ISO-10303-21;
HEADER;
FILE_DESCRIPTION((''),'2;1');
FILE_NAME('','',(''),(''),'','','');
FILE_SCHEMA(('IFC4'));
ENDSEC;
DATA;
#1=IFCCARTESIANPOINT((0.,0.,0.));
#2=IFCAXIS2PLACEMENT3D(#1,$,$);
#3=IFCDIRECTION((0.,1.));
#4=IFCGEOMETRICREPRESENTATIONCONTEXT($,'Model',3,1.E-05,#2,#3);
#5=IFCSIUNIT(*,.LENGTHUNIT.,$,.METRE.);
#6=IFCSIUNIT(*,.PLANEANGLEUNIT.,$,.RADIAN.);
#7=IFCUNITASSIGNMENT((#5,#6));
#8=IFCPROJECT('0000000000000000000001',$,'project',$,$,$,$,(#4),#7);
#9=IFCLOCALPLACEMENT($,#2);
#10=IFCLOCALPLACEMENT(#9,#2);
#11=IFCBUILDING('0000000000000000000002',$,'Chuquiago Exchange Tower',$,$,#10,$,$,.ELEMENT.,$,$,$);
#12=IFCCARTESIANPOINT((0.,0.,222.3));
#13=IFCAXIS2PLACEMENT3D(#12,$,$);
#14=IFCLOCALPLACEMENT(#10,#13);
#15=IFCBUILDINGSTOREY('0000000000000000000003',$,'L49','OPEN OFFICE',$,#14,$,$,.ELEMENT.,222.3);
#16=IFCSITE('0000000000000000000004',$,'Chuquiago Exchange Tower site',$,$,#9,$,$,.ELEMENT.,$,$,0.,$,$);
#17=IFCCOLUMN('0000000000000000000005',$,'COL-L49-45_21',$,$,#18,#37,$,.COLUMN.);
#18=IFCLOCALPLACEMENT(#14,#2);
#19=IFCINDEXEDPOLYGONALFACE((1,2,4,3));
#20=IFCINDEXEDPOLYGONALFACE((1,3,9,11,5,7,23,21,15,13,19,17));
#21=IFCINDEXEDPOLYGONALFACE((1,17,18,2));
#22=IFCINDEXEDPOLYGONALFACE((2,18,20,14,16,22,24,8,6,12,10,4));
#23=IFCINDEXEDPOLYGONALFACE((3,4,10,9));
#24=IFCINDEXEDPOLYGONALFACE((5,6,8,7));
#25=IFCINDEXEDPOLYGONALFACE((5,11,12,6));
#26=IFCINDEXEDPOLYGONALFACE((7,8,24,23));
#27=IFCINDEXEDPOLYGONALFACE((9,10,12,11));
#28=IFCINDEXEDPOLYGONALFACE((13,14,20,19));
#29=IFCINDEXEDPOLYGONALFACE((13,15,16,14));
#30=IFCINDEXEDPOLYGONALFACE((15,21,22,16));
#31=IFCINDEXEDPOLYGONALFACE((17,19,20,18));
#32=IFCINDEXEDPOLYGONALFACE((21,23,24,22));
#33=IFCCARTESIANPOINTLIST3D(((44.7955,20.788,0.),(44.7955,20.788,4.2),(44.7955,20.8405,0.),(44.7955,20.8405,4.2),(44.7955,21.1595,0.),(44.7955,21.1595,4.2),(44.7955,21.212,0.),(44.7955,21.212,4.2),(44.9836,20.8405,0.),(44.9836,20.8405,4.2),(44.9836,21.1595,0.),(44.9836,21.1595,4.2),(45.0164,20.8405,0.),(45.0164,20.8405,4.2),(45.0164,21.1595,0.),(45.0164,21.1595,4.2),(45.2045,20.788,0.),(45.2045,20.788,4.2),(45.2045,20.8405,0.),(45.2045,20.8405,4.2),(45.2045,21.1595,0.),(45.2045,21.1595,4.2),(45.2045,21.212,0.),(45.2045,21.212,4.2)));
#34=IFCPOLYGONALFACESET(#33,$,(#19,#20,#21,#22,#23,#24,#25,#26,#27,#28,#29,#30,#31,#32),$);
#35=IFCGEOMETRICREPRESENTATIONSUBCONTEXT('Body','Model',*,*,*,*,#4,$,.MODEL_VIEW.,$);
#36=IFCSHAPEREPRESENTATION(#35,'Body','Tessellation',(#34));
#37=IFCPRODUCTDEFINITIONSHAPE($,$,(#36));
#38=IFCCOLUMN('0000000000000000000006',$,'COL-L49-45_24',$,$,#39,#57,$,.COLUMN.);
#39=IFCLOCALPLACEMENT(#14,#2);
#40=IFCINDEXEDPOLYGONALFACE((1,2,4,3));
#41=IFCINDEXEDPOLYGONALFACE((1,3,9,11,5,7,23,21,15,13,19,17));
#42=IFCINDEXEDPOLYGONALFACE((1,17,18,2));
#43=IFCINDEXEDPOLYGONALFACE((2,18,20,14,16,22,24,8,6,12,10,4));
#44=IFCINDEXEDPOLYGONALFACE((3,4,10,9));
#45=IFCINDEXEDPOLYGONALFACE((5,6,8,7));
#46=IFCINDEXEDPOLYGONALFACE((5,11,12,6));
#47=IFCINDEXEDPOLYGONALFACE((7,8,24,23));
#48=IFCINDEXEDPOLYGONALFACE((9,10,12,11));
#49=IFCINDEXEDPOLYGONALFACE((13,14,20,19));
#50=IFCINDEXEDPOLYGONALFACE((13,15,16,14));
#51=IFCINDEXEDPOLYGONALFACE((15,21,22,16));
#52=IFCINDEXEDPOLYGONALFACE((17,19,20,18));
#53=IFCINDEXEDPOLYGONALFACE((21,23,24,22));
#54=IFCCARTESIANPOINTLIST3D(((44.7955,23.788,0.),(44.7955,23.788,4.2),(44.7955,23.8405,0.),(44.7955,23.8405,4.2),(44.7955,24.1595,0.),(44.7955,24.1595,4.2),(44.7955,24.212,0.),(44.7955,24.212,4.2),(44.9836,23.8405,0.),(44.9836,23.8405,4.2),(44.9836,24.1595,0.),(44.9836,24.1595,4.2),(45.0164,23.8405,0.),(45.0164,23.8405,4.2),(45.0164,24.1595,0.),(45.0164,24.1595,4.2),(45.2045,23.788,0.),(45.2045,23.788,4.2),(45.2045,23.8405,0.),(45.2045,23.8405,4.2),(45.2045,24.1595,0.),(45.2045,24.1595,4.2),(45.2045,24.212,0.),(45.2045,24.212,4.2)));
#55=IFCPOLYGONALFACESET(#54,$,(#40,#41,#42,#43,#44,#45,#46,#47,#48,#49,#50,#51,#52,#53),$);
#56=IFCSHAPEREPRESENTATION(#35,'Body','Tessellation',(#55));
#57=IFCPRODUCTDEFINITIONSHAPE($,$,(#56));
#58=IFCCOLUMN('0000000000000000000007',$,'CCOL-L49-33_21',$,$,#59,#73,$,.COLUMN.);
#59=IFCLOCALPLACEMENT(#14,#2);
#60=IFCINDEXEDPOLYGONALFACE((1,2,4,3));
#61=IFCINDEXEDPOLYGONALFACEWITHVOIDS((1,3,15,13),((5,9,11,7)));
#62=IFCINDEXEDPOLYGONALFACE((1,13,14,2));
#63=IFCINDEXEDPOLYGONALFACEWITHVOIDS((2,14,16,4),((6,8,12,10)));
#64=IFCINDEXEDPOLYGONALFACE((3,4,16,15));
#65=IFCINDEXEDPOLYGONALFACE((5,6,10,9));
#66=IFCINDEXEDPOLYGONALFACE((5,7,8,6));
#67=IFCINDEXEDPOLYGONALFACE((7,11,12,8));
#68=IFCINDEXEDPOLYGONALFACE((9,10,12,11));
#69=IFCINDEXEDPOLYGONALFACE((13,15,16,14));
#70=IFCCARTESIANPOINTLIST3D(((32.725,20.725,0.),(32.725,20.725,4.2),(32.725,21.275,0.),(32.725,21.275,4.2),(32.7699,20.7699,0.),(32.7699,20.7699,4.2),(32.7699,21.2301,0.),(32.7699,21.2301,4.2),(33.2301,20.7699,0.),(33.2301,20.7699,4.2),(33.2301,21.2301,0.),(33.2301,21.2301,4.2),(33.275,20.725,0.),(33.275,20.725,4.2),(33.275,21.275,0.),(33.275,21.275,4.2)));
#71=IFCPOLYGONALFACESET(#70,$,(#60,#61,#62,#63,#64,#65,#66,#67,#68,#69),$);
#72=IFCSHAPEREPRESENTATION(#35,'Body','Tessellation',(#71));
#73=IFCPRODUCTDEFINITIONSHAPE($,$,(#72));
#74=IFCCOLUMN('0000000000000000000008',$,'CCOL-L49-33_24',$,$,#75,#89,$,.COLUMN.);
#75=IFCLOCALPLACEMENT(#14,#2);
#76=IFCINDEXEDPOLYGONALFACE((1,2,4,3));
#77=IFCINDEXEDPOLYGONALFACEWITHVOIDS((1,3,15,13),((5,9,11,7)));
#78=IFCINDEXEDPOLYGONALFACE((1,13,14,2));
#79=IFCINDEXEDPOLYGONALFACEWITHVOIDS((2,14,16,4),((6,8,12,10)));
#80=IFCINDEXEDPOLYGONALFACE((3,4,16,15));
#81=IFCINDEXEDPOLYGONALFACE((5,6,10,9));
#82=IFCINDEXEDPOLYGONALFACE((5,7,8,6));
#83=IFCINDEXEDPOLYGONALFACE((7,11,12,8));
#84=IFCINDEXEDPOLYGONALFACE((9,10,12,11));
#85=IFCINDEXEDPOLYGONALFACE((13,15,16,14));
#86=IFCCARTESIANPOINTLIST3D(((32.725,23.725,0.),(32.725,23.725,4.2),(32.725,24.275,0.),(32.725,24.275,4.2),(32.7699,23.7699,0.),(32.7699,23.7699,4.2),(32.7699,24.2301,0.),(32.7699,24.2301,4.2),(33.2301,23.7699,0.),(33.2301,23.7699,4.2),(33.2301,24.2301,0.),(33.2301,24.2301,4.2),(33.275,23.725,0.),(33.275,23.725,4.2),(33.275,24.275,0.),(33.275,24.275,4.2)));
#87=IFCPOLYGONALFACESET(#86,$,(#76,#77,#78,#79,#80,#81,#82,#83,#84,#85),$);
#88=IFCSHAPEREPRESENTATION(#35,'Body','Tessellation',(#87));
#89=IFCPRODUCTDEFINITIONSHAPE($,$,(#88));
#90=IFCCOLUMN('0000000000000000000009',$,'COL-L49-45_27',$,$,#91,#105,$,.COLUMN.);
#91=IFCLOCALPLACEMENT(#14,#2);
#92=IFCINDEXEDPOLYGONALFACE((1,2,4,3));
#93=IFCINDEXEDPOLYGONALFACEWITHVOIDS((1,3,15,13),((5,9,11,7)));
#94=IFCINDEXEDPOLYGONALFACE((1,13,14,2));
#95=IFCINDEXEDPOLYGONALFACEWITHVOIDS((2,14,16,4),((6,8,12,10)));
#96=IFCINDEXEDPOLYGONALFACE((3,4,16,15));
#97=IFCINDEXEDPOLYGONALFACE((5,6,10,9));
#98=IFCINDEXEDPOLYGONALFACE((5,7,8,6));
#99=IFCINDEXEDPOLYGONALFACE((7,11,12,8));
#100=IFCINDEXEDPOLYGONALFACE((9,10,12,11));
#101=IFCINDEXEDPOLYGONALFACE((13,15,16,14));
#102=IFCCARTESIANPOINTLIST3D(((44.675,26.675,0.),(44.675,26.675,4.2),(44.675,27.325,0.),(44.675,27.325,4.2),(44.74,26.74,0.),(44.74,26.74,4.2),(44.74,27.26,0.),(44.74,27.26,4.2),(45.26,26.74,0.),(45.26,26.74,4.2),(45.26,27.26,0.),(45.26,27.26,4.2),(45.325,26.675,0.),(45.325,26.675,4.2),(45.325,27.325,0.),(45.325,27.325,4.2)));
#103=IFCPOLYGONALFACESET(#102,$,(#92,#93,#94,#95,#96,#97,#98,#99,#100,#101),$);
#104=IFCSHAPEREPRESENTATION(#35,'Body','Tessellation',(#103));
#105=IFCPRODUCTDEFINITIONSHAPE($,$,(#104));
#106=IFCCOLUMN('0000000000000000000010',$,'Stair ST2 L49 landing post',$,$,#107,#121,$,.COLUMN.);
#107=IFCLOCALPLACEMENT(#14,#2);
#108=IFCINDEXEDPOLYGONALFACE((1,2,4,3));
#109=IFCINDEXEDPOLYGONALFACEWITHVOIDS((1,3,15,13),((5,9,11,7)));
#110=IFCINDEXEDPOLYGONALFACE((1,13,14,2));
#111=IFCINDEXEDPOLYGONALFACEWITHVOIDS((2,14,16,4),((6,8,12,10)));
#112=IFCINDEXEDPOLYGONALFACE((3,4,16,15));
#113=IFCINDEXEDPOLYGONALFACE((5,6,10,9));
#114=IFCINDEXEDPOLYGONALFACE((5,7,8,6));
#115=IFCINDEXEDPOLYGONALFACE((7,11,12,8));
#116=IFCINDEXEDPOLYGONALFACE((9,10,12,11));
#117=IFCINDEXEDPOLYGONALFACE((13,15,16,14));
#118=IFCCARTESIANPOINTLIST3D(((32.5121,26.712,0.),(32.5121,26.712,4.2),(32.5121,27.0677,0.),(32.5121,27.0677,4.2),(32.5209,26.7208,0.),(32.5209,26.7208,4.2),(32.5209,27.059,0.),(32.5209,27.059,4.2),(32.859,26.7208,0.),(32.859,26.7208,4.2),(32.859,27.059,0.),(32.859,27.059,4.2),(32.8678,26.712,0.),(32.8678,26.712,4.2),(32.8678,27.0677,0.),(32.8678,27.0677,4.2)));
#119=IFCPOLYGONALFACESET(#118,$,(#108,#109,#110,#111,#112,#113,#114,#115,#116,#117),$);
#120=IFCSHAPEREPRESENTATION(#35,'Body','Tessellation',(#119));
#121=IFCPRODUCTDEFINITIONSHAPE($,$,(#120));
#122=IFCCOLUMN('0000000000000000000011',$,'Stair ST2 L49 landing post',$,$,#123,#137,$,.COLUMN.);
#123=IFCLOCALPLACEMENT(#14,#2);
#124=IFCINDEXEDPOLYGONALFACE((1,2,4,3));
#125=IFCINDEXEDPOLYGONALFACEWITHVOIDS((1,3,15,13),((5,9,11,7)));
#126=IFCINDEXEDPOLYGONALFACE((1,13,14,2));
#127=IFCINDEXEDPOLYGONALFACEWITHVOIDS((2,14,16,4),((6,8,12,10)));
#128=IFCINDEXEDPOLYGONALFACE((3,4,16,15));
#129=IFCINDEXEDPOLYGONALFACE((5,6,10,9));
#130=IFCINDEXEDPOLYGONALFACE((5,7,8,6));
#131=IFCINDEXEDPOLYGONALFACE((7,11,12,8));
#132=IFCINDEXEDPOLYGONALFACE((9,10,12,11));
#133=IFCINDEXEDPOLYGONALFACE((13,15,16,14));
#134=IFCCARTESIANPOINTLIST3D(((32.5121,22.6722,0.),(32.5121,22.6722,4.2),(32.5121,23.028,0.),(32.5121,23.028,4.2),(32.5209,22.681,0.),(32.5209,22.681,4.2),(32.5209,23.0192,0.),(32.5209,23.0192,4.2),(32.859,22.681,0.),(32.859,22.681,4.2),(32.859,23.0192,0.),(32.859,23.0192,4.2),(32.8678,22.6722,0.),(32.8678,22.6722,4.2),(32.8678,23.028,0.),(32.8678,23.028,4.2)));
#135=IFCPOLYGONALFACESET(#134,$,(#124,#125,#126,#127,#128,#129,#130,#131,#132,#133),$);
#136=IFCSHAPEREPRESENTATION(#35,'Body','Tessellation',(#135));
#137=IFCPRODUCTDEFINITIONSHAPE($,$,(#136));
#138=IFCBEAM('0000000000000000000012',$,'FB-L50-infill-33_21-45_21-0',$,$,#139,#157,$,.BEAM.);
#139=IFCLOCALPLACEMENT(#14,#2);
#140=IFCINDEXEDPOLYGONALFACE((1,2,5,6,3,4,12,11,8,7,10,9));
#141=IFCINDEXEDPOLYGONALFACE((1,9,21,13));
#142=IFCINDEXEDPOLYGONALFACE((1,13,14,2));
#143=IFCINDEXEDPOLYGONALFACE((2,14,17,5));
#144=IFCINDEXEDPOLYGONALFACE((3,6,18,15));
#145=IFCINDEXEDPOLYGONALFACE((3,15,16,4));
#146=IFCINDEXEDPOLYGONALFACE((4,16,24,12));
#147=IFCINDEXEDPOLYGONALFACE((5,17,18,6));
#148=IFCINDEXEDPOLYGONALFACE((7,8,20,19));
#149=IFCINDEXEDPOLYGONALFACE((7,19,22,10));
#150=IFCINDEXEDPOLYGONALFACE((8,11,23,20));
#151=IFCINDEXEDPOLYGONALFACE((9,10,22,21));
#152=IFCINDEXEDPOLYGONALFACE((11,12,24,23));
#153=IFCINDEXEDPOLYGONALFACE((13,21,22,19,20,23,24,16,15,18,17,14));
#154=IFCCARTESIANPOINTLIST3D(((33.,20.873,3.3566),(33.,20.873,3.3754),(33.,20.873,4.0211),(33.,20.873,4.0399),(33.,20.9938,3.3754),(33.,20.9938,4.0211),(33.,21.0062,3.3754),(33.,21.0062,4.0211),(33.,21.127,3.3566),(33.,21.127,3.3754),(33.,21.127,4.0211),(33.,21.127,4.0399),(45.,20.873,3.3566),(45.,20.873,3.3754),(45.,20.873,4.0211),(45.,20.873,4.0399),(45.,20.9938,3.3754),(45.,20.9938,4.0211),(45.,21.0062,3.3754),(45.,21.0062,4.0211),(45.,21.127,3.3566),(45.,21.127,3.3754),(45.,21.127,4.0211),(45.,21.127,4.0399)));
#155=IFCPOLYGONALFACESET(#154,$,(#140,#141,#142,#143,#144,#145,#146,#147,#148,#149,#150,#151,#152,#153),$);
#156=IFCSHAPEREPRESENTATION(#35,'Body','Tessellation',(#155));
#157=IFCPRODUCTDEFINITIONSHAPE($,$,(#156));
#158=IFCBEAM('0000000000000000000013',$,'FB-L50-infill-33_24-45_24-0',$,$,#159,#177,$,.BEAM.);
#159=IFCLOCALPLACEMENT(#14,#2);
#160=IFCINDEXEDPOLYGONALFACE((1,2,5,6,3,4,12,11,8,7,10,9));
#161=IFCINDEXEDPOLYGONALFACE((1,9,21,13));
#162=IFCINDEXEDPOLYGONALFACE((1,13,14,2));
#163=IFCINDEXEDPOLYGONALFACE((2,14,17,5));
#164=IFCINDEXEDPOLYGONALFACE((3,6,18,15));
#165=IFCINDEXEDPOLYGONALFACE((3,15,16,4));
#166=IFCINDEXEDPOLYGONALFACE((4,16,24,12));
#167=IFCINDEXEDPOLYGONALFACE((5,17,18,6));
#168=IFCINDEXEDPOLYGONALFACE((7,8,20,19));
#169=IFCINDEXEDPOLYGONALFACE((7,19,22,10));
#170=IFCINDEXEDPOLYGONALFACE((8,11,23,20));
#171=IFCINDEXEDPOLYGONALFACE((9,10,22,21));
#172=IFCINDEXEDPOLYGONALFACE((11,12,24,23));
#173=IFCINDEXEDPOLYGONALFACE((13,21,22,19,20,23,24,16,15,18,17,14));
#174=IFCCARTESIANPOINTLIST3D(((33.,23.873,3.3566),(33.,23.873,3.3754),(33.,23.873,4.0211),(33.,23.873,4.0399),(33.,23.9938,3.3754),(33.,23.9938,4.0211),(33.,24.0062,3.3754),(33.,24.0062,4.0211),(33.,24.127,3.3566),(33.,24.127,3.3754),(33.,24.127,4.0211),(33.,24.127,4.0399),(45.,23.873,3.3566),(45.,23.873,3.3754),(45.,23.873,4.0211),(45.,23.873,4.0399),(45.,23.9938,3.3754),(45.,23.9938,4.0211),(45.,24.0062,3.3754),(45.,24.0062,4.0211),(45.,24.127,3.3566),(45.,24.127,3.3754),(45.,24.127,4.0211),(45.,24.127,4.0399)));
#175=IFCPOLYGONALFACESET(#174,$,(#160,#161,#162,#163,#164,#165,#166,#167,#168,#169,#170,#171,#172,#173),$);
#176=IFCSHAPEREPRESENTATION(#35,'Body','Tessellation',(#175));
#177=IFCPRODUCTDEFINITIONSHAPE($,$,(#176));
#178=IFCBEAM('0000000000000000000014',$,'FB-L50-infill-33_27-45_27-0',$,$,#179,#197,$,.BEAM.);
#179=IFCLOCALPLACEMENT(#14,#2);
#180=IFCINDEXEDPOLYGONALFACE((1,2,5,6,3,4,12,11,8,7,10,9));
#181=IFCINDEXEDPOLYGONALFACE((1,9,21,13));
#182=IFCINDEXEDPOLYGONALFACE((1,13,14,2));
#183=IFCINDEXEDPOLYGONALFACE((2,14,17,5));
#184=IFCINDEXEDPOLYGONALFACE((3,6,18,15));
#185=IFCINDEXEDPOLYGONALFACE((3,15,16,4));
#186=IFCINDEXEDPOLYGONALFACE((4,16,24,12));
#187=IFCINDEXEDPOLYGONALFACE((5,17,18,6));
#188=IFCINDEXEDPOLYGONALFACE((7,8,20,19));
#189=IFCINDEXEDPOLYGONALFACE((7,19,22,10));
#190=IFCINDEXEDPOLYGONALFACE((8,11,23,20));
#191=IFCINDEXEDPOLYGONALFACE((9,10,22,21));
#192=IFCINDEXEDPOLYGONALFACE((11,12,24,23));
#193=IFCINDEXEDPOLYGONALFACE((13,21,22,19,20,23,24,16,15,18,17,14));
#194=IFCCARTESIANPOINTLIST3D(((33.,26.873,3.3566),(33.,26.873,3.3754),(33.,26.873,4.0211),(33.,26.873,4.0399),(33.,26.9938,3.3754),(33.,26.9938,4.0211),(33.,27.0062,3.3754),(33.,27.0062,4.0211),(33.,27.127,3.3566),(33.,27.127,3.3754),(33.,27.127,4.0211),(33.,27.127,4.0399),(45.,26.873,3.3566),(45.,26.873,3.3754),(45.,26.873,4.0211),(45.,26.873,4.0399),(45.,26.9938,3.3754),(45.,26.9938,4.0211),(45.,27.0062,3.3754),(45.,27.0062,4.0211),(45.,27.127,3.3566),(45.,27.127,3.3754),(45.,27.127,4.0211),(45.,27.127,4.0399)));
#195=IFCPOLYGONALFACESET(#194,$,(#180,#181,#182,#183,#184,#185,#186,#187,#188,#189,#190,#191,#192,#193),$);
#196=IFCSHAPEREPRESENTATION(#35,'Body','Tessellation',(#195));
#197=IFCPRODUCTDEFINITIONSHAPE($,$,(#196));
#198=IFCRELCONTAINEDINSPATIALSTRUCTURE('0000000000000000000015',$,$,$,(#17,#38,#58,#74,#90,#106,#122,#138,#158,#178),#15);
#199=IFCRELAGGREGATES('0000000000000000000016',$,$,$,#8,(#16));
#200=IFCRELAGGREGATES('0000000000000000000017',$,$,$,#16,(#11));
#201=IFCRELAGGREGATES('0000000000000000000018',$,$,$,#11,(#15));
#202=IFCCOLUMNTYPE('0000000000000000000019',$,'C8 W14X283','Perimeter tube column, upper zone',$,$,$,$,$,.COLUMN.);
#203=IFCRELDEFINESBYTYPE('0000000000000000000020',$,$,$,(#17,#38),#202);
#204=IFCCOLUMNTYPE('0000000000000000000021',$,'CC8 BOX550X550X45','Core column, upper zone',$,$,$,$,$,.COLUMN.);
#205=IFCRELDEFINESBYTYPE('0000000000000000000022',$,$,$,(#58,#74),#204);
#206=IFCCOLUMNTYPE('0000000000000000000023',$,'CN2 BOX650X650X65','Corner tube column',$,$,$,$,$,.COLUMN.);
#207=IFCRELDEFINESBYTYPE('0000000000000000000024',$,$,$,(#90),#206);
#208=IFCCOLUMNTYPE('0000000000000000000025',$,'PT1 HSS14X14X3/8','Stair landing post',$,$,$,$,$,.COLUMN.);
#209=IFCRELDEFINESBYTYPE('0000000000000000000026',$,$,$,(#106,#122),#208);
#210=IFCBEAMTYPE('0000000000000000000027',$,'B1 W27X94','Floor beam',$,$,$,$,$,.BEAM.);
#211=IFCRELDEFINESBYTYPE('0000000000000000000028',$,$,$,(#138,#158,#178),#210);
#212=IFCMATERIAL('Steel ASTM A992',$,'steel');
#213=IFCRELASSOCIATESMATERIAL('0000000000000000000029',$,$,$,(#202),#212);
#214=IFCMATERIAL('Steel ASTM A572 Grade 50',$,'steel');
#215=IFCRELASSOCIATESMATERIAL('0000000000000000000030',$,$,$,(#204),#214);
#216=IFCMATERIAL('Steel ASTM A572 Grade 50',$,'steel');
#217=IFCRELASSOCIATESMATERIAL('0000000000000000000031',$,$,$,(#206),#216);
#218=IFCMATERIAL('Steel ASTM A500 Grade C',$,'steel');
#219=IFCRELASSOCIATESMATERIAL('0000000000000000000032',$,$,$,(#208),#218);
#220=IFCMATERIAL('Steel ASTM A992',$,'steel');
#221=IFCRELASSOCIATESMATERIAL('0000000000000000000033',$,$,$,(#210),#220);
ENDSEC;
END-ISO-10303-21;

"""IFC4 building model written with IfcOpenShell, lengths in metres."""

from ifc_helpers import new_model, si_unit, direction, frame, origin, origin_2d, place, context, subcontext, project, spatial, hollow_rectangle, i_section, extrude, material, material_profile, profile_set, type_object, element, save


model = new_model("IFC4")

# Units and contexts
model_context = context("Model", 3, precision=1e-05, world=origin(), true_north=direction((0.0, 1.0)))
body_context = subcontext(model_context, "Body", "Model", "MODEL_VIEW")
ifc_project = project(units=[si_unit("LENGTHUNIT", "METRE"), si_unit("PLANEANGLEUNIT", "RADIAN")], contexts=[model_context])

# Site, building, storey
site_placement = place(None, origin())
site = spatial("IfcSite", under=ifc_project, at=site_placement, Name="Chuquiago Exchange Tower site", CompositionType="ELEMENT", RefElevation=0.0)
building_placement = place(site_placement, origin())
building = spatial("IfcBuilding", under=site, at=building_placement, Name="Chuquiago Exchange Tower", CompositionType="ELEMENT")
storey_placement = place(building_placement, frame((0.0, 0.0, 222.3)))
storey = spatial("IfcBuildingStorey", under=building, at=storey_placement, Name="L49", Description="OPEN OFFICE", CompositionType="ELEMENT", Elevation=222.3)

# Columns
ifc_material_1 = material(Name="Steel ASTM A992", Category="steel")
ifc_material_profile_1 = material_profile(ifc_material_1, i_section(OverallWidth=0.4089, OverallDepth=0.4241, WebThickness=0.0327, FlangeThickness=0.0525, at=origin_2d()), Name="W14X283")
ifc_profile_set_1 = profile_set([ifc_material_profile_1], Name="Steel ASTM A992")
column_type_1 = type_object("IfcColumnType", Name="C8 W14X283", Description="Perimeter tube column, upper zone", PredefinedType="COLUMN", material=ifc_profile_set_1)
for number, where, z_axis, x_axis, name in (
    (1, (45.0, 21.0, 0.0), (0.0, 0.0, 1.0), (1.0, 0.0, 0.0), "COL-L49-45_21"),
    (2, (45.0, 24.0, 0.0), (0.0, 0.0, 1.0), (1.0, 0.0, 0.0), "COL-L49-45_24"),
):
    element("IfcColumn", number, at=place(storey_placement, frame(where, z_axis=z_axis, x_axis=x_axis)), inside=storey, type_object=column_type_1, Name=name, PredefinedType="COLUMN", context=body_context, shape_type="SweptSolid", body=[
        extrude(i_section(OverallWidth=0.4089, OverallDepth=0.4241, WebThickness=0.0327, FlangeThickness=0.0525, at=origin_2d()), origin(), (0.0, 0.0, 1.0), 4.2),
    ])
ifc_material_2 = material(Name="Steel ASTM A572 Grade 50", Category="steel")
ifc_material_profile_2 = material_profile(ifc_material_2, hollow_rectangle(XDim=0.55, YDim=0.55, WallThickness=0.0449, at=origin_2d()), Name="BOX550X550X45")
ifc_profile_set_2 = profile_set([ifc_material_profile_2], Name="Steel ASTM A572 Grade 50")
column_type_2 = type_object("IfcColumnType", Name="CC8 BOX550X550X45", Description="Core column, upper zone", PredefinedType="COLUMN", material=ifc_profile_set_2)
for number, where, z_axis, x_axis, name in (
    (3, (33.0, 21.0, 0.0), (0.0, 0.0, 1.0), (1.0, 0.0, 0.0), "CCOL-L49-33_21"),
    (4, (33.0, 24.0, 0.0), (0.0, 0.0, 1.0), (1.0, 0.0, 0.0), "CCOL-L49-33_24"),
):
    element("IfcColumn", number, at=place(storey_placement, frame(where, z_axis=z_axis, x_axis=x_axis)), inside=storey, type_object=column_type_2, Name=name, PredefinedType="COLUMN", context=body_context, shape_type="SweptSolid", body=[
        extrude(hollow_rectangle(XDim=0.55, YDim=0.55, WallThickness=0.0449, at=origin_2d()), origin(), (0.0, 0.0, 1.0), 4.2),
    ])
ifc_material_3 = material(Name="Steel ASTM A572 Grade 50", Category="steel")
ifc_material_profile_3 = material_profile(ifc_material_3, hollow_rectangle(XDim=0.6499, YDim=0.6499, WallThickness=0.0649, at=origin_2d()), Name="BOX650X650X65")
ifc_profile_set_3 = profile_set([ifc_material_profile_3], Name="Steel ASTM A572 Grade 50")
column_type_3 = type_object("IfcColumnType", Name="CN2 BOX650X650X65", Description="Corner tube column", PredefinedType="COLUMN", material=ifc_profile_set_3)
column_placement = place(storey_placement, frame((45.0, 27.0, 0.0), z_axis=(0.0, 0.0, 1.0), x_axis=(1.0, 0.0, 0.0)))
element("IfcColumn", 5, at=column_placement, inside=storey, type_object=column_type_3, Name="COL-L49-45_27", PredefinedType="COLUMN", context=body_context, shape_type="SweptSolid", body=[
    extrude(hollow_rectangle(XDim=0.6499, YDim=0.6499, WallThickness=0.0649, at=origin_2d()), origin(), (0.0, 0.0, 1.0), 4.2),
])
ifc_material_4 = material(Name="Steel ASTM A500 Grade C", Category="steel")
ifc_material_profile_4 = material_profile(ifc_material_4, hollow_rectangle(XDim=0.3557, YDim=0.3557, WallThickness=0.0088, at=origin_2d()), Name="HSS14X14X3/8")
ifc_profile_set_4 = profile_set([ifc_material_profile_4], Name="Steel ASTM A500 Grade C")
column_type_4 = type_object("IfcColumnType", Name="PT1 HSS14X14X3/8", Description="Stair landing post", PredefinedType="COLUMN", material=ifc_profile_set_4)
for number, where, z_axis, x_axis, name in (
    (6, (32.6899, 26.8899, 0.0), (0.0, 0.0, 1.0), (1.0, 0.0, 0.0), "Stair ST2 L49 landing post"),
    (7, (32.6899, 22.8501, 0.0), (0.0, 0.0, 1.0), (1.0, 0.0, 0.0), "Stair ST2 L49 landing post"),
):
    element("IfcColumn", number, at=place(storey_placement, frame(where, z_axis=z_axis, x_axis=x_axis)), inside=storey, type_object=column_type_4, Name=name, PredefinedType="COLUMN", context=body_context, shape_type="SweptSolid", body=[
        extrude(hollow_rectangle(XDim=0.3557, YDim=0.3557, WallThickness=0.0088, at=origin_2d()), origin(), (0.0, 0.0, 1.0), 4.2),
    ])

# Beams
ifc_material_5 = material(Name="Steel ASTM A992", Category="steel")
ifc_material_profile_5 = material_profile(ifc_material_5, i_section(OverallWidth=0.2539, OverallDepth=0.6833, WebThickness=0.0125, FlangeThickness=0.0188, at=origin_2d()), Name="W27X94")
ifc_profile_set_5 = profile_set([ifc_material_profile_5], Name="Steel ASTM A992")
beam_type_1 = type_object("IfcBeamType", Name="B1 W27X94", Description="Floor beam", PredefinedType="BEAM", material=ifc_profile_set_5)
for number, where, z_axis, x_axis, name in (
    (8, (33.0, 21.0, 3.6982), (1.0, 0.0, 0.0), (0.0, 1.0, 0.0), "FB-L50-infill-33_21-45_21-0"),
    (9, (33.0, 24.0, 3.6982), (1.0, 0.0, 0.0), (0.0, 1.0, 0.0), "FB-L50-infill-33_24-45_24-0"),
    (10, (33.0, 27.0, 3.6982), (1.0, 0.0, 0.0), (0.0, 1.0, 0.0), "FB-L50-infill-33_27-45_27-0"),
):
    element("IfcBeam", number, at=place(storey_placement, frame(where, z_axis=z_axis, x_axis=x_axis)), inside=storey, type_object=beam_type_1, Name=name, PredefinedType="BEAM", context=body_context, shape_type="SweptSolid", body=[
        extrude(i_section(OverallWidth=0.2539, OverallDepth=0.6833, WebThickness=0.0125, FlangeThickness=0.0188, at=origin_2d()), origin(), (0.0, 0.0, 1.0), 12.0),
    ])

save(model, "model.ifc")
